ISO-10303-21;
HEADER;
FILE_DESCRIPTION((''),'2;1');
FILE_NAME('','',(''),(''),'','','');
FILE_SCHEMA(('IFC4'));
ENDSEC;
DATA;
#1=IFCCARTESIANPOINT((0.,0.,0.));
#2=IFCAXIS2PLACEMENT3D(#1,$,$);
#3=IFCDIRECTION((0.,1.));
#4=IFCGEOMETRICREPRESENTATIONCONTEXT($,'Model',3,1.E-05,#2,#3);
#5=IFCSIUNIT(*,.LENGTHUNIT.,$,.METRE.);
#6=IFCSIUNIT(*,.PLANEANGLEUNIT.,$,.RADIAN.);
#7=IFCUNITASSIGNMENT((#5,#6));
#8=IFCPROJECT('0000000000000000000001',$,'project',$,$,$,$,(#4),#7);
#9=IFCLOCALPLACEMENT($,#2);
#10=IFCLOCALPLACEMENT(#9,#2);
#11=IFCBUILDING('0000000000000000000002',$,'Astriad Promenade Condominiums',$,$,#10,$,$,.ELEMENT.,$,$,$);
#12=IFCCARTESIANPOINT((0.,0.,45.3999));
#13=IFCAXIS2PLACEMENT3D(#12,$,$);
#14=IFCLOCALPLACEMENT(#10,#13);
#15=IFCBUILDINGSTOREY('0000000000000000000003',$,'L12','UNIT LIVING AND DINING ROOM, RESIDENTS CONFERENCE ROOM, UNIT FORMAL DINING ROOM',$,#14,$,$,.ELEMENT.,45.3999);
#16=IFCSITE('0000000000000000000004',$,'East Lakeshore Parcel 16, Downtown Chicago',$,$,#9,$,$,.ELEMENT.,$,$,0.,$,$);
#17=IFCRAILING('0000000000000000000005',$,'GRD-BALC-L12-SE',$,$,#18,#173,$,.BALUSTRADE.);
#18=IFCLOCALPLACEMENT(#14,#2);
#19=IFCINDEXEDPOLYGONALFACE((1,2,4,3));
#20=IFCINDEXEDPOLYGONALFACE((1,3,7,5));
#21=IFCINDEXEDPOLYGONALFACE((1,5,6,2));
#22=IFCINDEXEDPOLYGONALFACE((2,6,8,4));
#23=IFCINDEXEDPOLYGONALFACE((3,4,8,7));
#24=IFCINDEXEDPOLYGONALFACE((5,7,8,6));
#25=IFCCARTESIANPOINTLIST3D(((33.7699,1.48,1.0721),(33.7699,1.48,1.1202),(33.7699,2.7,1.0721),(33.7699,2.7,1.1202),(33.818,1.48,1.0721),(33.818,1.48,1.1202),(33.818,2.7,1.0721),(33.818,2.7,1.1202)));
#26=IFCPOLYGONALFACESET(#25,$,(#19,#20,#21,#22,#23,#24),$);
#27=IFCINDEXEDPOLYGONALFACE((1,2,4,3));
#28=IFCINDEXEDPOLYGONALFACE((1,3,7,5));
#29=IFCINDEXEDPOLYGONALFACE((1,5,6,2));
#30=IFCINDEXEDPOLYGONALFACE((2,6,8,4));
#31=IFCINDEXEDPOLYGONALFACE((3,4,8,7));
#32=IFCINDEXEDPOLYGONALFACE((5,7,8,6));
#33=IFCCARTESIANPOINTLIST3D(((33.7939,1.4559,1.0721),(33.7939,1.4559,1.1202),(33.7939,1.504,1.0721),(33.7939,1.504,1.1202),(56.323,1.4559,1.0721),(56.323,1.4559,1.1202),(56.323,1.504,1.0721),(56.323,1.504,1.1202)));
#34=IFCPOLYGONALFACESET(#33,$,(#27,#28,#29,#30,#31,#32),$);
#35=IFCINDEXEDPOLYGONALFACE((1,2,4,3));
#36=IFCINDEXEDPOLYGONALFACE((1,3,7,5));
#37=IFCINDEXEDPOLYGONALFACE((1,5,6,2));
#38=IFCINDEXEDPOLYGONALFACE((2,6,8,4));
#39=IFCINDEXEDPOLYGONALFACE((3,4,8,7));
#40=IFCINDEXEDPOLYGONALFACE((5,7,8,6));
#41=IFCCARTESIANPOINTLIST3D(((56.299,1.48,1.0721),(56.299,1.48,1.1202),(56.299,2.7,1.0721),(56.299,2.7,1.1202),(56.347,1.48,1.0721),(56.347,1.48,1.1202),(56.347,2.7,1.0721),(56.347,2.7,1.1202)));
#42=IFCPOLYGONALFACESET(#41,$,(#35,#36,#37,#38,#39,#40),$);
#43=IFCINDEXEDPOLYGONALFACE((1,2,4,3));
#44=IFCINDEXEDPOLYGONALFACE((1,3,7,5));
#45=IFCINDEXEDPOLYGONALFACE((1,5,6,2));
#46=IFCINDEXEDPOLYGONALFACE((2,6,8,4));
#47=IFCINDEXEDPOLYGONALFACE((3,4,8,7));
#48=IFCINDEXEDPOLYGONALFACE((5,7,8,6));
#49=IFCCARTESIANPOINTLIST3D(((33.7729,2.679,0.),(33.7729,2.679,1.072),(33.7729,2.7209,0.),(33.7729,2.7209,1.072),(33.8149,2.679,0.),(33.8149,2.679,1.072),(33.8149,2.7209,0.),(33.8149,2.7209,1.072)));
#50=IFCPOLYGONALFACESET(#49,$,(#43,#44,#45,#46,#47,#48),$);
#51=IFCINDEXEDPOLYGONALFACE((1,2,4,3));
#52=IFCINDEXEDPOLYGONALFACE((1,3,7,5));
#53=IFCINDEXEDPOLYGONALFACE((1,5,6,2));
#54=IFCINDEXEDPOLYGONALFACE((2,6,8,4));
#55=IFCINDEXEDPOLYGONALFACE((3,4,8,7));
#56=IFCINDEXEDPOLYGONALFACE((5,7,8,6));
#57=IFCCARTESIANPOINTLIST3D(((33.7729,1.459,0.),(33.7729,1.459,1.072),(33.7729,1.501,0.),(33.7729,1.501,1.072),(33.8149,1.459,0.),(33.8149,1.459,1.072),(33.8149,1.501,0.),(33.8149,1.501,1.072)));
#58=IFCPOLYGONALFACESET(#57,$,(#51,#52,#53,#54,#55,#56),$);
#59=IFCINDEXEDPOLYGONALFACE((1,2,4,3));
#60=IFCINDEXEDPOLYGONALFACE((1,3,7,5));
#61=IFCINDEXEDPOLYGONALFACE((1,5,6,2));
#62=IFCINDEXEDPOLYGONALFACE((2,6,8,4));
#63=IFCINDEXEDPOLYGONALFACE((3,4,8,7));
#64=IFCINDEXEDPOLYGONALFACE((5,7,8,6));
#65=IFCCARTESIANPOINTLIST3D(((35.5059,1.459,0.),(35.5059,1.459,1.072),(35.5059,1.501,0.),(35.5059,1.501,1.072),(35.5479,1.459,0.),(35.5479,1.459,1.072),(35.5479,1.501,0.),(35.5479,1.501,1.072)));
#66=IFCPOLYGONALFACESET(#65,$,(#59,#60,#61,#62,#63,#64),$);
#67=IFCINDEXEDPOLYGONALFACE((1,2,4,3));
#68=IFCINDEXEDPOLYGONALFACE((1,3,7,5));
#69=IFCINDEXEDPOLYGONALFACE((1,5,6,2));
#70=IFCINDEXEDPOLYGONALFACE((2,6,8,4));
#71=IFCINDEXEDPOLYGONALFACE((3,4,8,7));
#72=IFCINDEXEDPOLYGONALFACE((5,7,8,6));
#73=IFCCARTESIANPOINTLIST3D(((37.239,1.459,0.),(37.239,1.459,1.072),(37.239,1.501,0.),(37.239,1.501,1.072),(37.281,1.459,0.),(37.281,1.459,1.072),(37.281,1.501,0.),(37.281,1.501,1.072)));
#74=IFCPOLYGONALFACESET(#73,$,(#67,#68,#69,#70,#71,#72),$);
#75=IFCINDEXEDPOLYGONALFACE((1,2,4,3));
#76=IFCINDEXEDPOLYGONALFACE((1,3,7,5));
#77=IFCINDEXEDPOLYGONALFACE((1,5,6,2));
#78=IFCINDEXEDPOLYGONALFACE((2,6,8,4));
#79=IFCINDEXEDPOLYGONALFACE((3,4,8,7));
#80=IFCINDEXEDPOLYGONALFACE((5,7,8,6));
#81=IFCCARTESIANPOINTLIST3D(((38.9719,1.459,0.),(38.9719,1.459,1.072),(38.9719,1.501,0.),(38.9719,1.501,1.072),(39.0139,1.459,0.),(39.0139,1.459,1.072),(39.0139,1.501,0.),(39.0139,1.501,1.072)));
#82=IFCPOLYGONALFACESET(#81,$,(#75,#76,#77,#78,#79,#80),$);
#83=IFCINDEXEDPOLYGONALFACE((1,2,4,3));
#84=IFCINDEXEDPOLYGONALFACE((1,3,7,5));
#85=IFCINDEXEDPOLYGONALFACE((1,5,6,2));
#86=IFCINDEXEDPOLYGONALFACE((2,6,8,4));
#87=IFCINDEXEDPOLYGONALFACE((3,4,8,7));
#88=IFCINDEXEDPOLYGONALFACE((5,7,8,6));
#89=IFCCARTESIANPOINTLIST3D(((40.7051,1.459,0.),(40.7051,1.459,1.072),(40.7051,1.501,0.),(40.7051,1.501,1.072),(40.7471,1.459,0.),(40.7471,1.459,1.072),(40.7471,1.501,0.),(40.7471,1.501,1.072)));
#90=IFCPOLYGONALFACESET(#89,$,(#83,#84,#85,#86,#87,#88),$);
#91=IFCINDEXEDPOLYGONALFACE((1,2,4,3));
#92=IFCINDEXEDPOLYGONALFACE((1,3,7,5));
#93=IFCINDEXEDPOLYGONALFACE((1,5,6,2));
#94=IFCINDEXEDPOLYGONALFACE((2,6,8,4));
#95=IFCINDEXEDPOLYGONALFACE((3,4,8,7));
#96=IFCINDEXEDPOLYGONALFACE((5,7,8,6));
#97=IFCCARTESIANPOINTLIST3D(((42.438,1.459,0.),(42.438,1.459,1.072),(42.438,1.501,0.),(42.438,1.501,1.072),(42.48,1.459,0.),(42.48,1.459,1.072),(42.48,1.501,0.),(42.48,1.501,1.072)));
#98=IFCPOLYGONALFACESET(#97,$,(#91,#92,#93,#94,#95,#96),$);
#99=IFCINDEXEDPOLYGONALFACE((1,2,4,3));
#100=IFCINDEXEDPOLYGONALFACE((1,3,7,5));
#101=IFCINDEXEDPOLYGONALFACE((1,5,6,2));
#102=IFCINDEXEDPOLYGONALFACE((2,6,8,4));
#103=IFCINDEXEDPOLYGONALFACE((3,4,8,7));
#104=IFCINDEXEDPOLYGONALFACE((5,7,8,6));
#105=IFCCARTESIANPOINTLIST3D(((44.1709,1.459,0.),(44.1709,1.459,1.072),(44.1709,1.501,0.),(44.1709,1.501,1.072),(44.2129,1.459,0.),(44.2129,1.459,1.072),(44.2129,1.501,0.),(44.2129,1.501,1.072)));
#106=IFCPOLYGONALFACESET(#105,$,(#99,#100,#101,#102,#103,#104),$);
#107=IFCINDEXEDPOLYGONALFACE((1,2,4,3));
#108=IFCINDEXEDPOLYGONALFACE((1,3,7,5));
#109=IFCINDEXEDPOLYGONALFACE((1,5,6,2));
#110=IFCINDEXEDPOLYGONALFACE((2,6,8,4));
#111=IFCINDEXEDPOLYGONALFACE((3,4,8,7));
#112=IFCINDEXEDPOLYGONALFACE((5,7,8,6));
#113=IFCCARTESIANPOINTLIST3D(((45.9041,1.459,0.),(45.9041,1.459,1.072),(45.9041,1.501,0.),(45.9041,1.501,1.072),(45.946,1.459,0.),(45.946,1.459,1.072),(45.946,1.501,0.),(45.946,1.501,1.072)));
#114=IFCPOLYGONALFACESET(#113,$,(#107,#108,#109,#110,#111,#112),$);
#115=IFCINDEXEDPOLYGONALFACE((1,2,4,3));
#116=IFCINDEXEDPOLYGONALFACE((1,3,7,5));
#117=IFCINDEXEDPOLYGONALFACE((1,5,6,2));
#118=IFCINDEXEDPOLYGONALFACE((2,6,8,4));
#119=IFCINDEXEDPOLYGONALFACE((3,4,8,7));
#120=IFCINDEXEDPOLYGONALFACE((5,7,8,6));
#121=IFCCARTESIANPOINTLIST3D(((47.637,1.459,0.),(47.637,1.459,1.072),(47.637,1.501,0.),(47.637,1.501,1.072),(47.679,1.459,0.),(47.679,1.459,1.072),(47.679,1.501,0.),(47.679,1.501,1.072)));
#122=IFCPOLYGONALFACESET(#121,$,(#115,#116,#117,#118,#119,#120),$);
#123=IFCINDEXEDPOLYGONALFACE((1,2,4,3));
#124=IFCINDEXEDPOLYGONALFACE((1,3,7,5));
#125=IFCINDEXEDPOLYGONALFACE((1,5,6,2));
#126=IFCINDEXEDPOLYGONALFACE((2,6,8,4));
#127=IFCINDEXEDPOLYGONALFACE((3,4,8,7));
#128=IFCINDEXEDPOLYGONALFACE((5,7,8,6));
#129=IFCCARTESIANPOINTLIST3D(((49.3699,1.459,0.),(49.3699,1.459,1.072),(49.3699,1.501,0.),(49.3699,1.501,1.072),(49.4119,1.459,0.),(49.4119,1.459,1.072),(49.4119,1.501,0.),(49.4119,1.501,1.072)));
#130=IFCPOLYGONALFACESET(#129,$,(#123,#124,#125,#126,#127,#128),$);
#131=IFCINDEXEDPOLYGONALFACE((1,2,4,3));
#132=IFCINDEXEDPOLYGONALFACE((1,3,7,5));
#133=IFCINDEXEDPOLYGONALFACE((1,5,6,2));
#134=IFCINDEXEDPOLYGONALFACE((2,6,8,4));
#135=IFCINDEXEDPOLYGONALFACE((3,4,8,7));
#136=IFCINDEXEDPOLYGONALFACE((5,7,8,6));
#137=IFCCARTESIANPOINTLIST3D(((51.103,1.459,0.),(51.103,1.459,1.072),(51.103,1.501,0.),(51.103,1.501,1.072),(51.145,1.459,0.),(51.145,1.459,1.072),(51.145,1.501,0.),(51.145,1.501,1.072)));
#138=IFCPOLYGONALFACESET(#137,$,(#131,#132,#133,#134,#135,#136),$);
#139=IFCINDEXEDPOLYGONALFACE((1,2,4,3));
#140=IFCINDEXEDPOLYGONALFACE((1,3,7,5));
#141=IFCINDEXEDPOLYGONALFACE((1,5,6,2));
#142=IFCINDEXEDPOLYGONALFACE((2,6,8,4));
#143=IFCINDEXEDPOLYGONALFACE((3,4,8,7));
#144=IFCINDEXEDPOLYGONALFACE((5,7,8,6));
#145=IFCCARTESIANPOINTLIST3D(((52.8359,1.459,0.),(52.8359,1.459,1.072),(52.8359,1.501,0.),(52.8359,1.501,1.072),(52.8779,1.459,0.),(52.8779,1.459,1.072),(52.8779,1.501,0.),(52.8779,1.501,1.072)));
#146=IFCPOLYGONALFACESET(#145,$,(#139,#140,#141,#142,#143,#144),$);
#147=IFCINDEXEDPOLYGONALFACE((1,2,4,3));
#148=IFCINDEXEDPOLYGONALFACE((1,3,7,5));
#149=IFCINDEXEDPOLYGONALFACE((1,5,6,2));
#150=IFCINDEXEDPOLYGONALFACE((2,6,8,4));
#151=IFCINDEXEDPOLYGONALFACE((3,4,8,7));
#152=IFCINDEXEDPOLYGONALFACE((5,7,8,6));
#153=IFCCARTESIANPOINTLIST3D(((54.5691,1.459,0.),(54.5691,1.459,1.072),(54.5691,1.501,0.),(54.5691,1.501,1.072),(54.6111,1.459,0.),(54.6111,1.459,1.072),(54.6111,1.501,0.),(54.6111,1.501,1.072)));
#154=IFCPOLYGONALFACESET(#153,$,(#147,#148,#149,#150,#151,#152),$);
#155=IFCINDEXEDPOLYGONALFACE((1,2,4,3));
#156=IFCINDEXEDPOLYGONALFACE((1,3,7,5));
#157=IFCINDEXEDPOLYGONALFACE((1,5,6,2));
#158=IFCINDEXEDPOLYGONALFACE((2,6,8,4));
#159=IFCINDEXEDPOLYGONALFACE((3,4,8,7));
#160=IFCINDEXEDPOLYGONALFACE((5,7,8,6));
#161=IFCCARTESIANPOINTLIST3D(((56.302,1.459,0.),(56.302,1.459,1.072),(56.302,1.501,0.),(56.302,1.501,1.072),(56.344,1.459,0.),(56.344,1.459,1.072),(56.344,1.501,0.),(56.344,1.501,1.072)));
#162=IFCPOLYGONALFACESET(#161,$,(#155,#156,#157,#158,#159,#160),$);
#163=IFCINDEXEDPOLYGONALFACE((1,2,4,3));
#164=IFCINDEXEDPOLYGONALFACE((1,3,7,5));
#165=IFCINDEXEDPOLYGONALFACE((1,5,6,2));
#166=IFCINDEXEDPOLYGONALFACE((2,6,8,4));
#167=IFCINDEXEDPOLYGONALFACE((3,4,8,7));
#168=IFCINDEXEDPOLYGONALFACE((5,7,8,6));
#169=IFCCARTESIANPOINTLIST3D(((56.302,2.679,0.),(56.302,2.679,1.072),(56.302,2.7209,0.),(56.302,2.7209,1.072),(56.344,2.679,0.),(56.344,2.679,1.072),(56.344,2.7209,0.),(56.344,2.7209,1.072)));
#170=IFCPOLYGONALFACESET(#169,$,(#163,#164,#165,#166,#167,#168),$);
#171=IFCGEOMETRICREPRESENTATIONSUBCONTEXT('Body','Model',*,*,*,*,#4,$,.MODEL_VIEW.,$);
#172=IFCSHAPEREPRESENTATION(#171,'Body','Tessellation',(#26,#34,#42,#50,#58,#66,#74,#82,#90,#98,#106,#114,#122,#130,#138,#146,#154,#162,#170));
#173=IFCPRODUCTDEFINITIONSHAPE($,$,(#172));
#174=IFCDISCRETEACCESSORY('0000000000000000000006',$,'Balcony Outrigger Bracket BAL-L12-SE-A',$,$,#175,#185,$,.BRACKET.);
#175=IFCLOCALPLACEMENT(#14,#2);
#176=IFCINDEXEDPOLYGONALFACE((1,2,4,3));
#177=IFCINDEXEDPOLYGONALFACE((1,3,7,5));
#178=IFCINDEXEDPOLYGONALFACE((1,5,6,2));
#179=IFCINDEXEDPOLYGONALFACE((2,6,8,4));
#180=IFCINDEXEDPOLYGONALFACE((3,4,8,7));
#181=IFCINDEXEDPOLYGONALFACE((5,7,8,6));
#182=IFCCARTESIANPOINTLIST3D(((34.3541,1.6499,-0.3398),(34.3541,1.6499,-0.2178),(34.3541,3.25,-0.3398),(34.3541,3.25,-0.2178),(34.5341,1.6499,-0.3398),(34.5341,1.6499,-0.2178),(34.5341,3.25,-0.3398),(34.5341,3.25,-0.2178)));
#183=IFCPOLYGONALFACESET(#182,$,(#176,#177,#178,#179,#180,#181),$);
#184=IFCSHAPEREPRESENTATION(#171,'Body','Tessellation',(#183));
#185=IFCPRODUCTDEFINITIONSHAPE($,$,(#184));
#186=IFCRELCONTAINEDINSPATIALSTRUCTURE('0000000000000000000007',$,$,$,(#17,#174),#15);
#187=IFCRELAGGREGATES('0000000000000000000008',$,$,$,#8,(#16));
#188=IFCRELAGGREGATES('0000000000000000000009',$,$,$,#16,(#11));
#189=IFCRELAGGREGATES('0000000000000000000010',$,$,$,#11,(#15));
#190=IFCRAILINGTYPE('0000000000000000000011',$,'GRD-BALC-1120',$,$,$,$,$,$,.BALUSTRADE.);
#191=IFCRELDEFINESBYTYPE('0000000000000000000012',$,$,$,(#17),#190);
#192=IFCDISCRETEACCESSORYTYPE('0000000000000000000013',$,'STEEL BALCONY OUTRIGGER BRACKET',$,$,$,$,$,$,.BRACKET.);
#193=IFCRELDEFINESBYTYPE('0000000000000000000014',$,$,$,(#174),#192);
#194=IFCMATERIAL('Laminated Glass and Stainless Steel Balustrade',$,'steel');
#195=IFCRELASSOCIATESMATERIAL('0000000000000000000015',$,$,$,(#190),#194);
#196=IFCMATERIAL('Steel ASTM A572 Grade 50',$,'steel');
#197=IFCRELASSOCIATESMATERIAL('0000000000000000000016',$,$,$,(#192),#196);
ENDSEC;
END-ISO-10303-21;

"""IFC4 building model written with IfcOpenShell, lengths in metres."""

from ifc_helpers import new_model, si_unit, direction, frame, origin, origin_2d, place, context, subcontext, project, spatial, rectangle, extrude, source, transform, mapped, material, type_object, type_shapes, element, save


model = new_model("IFC4")

# Units and contexts
model_context = context("Model", 3, precision=1e-05, world=origin(), true_north=direction((0.0, 1.0)))
body_context = subcontext(model_context, "Body", "Model", "MODEL_VIEW")
ifc_project = project(units=[si_unit("LENGTHUNIT", "METRE"), si_unit("PLANEANGLEUNIT", "RADIAN")], contexts=[model_context])

# Site, building, storey
site_placement = place(None, origin())
site = spatial("IfcSite", under=ifc_project, at=site_placement, Name="East Lakeshore Parcel 16, Downtown Chicago", CompositionType="ELEMENT", RefElevation=0.0)
building_placement = place(site_placement, origin())
building = spatial("IfcBuilding", under=site, at=building_placement, Name="Astriad Promenade Condominiums", CompositionType="ELEMENT")
storey_placement = place(building_placement, frame((0.0, 0.0, 45.3999)))
storey = spatial("IfcBuildingStorey", under=building, at=storey_placement, Name="L12", Description="UNIT LIVING AND DINING ROOM, RESIDENTS CONFERENCE ROOM, UNIT FORMAL DINING ROOM", CompositionType="ELEMENT", Elevation=45.3999)

# Railing
ifc_material_1 = material(Name="Laminated Glass and Stainless Steel Balustrade", Category="steel")
railing_type = type_object("IfcRailingType", Name="GRD-BALC-1120", PredefinedType="BALUSTRADE", material=ifc_material_1)
shared_shape_1 = source(origin(), body_context, "Body", "SweptSolid", [
    extrude(rectangle(XDim=0.0481, YDim=0.0481, at=origin_2d()), frame((0.0, 0.0, 1.0962), z_axis=(0.0, -1.0, 0.0), x_axis=(1.0, 0.0, 0.0)), (0.0, 0.0, 1.0), 1.22),
    extrude(rectangle(XDim=0.0481, YDim=0.0481, at=origin_2d()), frame((0.0, -1.22, 1.0962), z_axis=(1.0, 0.0, 0.0), x_axis=(0.0, 1.0, 0.0)), (0.0, 0.0, 1.0), 22.5291),
    extrude(rectangle(XDim=0.0481, YDim=0.0481, at=origin_2d()), frame((22.5291, -1.22, 1.0962), z_axis=(0.0, 1.0, 0.0), x_axis=(-1.0, 0.0, 0.0)), (0.0, 0.0, 1.0), 1.22),
    extrude(rectangle(XDim=0.042, YDim=0.042, at=origin_2d()), origin(), (0.0, 0.0, 1.0), 1.072),
    extrude(rectangle(XDim=0.042, YDim=0.042, at=origin_2d()), frame((0.0, -1.22, 0.0)), (0.0, 0.0, 1.0), 1.072),
    extrude(rectangle(XDim=0.042, YDim=0.042, at=origin_2d()), frame((1.7329, -1.22, 0.0)), (0.0, 0.0, 1.0), 1.072),
    extrude(rectangle(XDim=0.042, YDim=0.042, at=origin_2d()), frame((3.4661, -1.22, 0.0)), (0.0, 0.0, 1.0), 1.072),
    extrude(rectangle(XDim=0.042, YDim=0.042, at=origin_2d()), frame((5.199, -1.22, 0.0)), (0.0, 0.0, 1.0), 1.072),
    extrude(rectangle(XDim=0.042, YDim=0.042, at=origin_2d()), frame((6.9321, -1.22, 0.0)), (0.0, 0.0, 1.0), 1.072),
    extrude(rectangle(XDim=0.042, YDim=0.042, at=origin_2d()), frame((8.665, -1.22, 0.0)), (0.0, 0.0, 1.0), 1.072),
    extrude(rectangle(XDim=0.042, YDim=0.042, at=origin_2d()), frame((10.3979, -1.22, 0.0)), (0.0, 0.0, 1.0), 1.072),
    extrude(rectangle(XDim=0.042, YDim=0.042, at=origin_2d()), frame((12.1311, -1.22, 0.0)), (0.0, 0.0, 1.0), 1.072),
    extrude(rectangle(XDim=0.042, YDim=0.042, at=origin_2d()), frame((13.864, -1.22, 0.0)), (0.0, 0.0, 1.0), 1.072),
    extrude(rectangle(XDim=0.042, YDim=0.042, at=origin_2d()), frame((15.5969, -1.22, 0.0)), (0.0, 0.0, 1.0), 1.072),
    extrude(rectangle(XDim=0.042, YDim=0.042, at=origin_2d()), frame((17.3301, -1.22, 0.0)), (0.0, 0.0, 1.0), 1.072),
    extrude(rectangle(XDim=0.042, YDim=0.042, at=origin_2d()), frame((19.063, -1.22, 0.0)), (0.0, 0.0, 1.0), 1.072),
    extrude(rectangle(XDim=0.042, YDim=0.042, at=origin_2d()), frame((20.7961, -1.22, 0.0)), (0.0, 0.0, 1.0), 1.072),
    extrude(rectangle(XDim=0.042, YDim=0.042, at=origin_2d()), frame((22.5291, -1.22, 0.0)), (0.0, 0.0, 1.0), 1.072),
    extrude(rectangle(XDim=0.042, YDim=0.042, at=origin_2d()), frame((22.5291, 0.0, 0.0)), (0.0, 0.0, 1.0), 1.072),
])
type_shapes(railing_type, [shared_shape_1])
railing_placement = place(storey_placement, frame((33.7939, 2.7, 0.0)))
element("IfcRailing", 1, at=railing_placement, inside=storey, type_object=railing_type, Name="GRD-BALC-L12-SE", PredefinedType="BALUSTRADE", context=body_context, shape_type="MappedRepresentation", body=[
    mapped(shared_shape_1, transform((0.0, 0.0, 0.0), scale=1.0)),
])

# Discrete accessory
ifc_material_2 = material(Name="Steel ASTM A572 Grade 50", Category="steel")
discrete_accessory_type = type_object("IfcDiscreteAccessoryType", Name="STEEL BALCONY OUTRIGGER BRACKET", PredefinedType="BRACKET", material=ifc_material_2)
shared_shape_2 = source(origin(), body_context, "Body", "SweptSolid", [
    extrude(rectangle(XDim=1.6001, YDim=0.1799, at=origin_2d()), origin(), (0.0, 0.0, 1.0), 0.1221),
])
type_shapes(discrete_accessory_type, [shared_shape_2])
discrete_accessory_placement = place(storey_placement, frame((34.4441, 2.45, -0.3398), z_axis=(0.0, 0.0, 1.0), x_axis=(0.0, -1.0, 0.0)))
element("IfcDiscreteAccessory", 2, at=discrete_accessory_placement, inside=storey, type_object=discrete_accessory_type, Name="Balcony Outrigger Bracket BAL-L12-SE-A", PredefinedType="BRACKET", context=body_context, shape_type="MappedRepresentation", body=[
    mapped(shared_shape_2, transform((0.0, 0.0, 0.0), scale=1.0)),
])

save(model, "model.ifc")
